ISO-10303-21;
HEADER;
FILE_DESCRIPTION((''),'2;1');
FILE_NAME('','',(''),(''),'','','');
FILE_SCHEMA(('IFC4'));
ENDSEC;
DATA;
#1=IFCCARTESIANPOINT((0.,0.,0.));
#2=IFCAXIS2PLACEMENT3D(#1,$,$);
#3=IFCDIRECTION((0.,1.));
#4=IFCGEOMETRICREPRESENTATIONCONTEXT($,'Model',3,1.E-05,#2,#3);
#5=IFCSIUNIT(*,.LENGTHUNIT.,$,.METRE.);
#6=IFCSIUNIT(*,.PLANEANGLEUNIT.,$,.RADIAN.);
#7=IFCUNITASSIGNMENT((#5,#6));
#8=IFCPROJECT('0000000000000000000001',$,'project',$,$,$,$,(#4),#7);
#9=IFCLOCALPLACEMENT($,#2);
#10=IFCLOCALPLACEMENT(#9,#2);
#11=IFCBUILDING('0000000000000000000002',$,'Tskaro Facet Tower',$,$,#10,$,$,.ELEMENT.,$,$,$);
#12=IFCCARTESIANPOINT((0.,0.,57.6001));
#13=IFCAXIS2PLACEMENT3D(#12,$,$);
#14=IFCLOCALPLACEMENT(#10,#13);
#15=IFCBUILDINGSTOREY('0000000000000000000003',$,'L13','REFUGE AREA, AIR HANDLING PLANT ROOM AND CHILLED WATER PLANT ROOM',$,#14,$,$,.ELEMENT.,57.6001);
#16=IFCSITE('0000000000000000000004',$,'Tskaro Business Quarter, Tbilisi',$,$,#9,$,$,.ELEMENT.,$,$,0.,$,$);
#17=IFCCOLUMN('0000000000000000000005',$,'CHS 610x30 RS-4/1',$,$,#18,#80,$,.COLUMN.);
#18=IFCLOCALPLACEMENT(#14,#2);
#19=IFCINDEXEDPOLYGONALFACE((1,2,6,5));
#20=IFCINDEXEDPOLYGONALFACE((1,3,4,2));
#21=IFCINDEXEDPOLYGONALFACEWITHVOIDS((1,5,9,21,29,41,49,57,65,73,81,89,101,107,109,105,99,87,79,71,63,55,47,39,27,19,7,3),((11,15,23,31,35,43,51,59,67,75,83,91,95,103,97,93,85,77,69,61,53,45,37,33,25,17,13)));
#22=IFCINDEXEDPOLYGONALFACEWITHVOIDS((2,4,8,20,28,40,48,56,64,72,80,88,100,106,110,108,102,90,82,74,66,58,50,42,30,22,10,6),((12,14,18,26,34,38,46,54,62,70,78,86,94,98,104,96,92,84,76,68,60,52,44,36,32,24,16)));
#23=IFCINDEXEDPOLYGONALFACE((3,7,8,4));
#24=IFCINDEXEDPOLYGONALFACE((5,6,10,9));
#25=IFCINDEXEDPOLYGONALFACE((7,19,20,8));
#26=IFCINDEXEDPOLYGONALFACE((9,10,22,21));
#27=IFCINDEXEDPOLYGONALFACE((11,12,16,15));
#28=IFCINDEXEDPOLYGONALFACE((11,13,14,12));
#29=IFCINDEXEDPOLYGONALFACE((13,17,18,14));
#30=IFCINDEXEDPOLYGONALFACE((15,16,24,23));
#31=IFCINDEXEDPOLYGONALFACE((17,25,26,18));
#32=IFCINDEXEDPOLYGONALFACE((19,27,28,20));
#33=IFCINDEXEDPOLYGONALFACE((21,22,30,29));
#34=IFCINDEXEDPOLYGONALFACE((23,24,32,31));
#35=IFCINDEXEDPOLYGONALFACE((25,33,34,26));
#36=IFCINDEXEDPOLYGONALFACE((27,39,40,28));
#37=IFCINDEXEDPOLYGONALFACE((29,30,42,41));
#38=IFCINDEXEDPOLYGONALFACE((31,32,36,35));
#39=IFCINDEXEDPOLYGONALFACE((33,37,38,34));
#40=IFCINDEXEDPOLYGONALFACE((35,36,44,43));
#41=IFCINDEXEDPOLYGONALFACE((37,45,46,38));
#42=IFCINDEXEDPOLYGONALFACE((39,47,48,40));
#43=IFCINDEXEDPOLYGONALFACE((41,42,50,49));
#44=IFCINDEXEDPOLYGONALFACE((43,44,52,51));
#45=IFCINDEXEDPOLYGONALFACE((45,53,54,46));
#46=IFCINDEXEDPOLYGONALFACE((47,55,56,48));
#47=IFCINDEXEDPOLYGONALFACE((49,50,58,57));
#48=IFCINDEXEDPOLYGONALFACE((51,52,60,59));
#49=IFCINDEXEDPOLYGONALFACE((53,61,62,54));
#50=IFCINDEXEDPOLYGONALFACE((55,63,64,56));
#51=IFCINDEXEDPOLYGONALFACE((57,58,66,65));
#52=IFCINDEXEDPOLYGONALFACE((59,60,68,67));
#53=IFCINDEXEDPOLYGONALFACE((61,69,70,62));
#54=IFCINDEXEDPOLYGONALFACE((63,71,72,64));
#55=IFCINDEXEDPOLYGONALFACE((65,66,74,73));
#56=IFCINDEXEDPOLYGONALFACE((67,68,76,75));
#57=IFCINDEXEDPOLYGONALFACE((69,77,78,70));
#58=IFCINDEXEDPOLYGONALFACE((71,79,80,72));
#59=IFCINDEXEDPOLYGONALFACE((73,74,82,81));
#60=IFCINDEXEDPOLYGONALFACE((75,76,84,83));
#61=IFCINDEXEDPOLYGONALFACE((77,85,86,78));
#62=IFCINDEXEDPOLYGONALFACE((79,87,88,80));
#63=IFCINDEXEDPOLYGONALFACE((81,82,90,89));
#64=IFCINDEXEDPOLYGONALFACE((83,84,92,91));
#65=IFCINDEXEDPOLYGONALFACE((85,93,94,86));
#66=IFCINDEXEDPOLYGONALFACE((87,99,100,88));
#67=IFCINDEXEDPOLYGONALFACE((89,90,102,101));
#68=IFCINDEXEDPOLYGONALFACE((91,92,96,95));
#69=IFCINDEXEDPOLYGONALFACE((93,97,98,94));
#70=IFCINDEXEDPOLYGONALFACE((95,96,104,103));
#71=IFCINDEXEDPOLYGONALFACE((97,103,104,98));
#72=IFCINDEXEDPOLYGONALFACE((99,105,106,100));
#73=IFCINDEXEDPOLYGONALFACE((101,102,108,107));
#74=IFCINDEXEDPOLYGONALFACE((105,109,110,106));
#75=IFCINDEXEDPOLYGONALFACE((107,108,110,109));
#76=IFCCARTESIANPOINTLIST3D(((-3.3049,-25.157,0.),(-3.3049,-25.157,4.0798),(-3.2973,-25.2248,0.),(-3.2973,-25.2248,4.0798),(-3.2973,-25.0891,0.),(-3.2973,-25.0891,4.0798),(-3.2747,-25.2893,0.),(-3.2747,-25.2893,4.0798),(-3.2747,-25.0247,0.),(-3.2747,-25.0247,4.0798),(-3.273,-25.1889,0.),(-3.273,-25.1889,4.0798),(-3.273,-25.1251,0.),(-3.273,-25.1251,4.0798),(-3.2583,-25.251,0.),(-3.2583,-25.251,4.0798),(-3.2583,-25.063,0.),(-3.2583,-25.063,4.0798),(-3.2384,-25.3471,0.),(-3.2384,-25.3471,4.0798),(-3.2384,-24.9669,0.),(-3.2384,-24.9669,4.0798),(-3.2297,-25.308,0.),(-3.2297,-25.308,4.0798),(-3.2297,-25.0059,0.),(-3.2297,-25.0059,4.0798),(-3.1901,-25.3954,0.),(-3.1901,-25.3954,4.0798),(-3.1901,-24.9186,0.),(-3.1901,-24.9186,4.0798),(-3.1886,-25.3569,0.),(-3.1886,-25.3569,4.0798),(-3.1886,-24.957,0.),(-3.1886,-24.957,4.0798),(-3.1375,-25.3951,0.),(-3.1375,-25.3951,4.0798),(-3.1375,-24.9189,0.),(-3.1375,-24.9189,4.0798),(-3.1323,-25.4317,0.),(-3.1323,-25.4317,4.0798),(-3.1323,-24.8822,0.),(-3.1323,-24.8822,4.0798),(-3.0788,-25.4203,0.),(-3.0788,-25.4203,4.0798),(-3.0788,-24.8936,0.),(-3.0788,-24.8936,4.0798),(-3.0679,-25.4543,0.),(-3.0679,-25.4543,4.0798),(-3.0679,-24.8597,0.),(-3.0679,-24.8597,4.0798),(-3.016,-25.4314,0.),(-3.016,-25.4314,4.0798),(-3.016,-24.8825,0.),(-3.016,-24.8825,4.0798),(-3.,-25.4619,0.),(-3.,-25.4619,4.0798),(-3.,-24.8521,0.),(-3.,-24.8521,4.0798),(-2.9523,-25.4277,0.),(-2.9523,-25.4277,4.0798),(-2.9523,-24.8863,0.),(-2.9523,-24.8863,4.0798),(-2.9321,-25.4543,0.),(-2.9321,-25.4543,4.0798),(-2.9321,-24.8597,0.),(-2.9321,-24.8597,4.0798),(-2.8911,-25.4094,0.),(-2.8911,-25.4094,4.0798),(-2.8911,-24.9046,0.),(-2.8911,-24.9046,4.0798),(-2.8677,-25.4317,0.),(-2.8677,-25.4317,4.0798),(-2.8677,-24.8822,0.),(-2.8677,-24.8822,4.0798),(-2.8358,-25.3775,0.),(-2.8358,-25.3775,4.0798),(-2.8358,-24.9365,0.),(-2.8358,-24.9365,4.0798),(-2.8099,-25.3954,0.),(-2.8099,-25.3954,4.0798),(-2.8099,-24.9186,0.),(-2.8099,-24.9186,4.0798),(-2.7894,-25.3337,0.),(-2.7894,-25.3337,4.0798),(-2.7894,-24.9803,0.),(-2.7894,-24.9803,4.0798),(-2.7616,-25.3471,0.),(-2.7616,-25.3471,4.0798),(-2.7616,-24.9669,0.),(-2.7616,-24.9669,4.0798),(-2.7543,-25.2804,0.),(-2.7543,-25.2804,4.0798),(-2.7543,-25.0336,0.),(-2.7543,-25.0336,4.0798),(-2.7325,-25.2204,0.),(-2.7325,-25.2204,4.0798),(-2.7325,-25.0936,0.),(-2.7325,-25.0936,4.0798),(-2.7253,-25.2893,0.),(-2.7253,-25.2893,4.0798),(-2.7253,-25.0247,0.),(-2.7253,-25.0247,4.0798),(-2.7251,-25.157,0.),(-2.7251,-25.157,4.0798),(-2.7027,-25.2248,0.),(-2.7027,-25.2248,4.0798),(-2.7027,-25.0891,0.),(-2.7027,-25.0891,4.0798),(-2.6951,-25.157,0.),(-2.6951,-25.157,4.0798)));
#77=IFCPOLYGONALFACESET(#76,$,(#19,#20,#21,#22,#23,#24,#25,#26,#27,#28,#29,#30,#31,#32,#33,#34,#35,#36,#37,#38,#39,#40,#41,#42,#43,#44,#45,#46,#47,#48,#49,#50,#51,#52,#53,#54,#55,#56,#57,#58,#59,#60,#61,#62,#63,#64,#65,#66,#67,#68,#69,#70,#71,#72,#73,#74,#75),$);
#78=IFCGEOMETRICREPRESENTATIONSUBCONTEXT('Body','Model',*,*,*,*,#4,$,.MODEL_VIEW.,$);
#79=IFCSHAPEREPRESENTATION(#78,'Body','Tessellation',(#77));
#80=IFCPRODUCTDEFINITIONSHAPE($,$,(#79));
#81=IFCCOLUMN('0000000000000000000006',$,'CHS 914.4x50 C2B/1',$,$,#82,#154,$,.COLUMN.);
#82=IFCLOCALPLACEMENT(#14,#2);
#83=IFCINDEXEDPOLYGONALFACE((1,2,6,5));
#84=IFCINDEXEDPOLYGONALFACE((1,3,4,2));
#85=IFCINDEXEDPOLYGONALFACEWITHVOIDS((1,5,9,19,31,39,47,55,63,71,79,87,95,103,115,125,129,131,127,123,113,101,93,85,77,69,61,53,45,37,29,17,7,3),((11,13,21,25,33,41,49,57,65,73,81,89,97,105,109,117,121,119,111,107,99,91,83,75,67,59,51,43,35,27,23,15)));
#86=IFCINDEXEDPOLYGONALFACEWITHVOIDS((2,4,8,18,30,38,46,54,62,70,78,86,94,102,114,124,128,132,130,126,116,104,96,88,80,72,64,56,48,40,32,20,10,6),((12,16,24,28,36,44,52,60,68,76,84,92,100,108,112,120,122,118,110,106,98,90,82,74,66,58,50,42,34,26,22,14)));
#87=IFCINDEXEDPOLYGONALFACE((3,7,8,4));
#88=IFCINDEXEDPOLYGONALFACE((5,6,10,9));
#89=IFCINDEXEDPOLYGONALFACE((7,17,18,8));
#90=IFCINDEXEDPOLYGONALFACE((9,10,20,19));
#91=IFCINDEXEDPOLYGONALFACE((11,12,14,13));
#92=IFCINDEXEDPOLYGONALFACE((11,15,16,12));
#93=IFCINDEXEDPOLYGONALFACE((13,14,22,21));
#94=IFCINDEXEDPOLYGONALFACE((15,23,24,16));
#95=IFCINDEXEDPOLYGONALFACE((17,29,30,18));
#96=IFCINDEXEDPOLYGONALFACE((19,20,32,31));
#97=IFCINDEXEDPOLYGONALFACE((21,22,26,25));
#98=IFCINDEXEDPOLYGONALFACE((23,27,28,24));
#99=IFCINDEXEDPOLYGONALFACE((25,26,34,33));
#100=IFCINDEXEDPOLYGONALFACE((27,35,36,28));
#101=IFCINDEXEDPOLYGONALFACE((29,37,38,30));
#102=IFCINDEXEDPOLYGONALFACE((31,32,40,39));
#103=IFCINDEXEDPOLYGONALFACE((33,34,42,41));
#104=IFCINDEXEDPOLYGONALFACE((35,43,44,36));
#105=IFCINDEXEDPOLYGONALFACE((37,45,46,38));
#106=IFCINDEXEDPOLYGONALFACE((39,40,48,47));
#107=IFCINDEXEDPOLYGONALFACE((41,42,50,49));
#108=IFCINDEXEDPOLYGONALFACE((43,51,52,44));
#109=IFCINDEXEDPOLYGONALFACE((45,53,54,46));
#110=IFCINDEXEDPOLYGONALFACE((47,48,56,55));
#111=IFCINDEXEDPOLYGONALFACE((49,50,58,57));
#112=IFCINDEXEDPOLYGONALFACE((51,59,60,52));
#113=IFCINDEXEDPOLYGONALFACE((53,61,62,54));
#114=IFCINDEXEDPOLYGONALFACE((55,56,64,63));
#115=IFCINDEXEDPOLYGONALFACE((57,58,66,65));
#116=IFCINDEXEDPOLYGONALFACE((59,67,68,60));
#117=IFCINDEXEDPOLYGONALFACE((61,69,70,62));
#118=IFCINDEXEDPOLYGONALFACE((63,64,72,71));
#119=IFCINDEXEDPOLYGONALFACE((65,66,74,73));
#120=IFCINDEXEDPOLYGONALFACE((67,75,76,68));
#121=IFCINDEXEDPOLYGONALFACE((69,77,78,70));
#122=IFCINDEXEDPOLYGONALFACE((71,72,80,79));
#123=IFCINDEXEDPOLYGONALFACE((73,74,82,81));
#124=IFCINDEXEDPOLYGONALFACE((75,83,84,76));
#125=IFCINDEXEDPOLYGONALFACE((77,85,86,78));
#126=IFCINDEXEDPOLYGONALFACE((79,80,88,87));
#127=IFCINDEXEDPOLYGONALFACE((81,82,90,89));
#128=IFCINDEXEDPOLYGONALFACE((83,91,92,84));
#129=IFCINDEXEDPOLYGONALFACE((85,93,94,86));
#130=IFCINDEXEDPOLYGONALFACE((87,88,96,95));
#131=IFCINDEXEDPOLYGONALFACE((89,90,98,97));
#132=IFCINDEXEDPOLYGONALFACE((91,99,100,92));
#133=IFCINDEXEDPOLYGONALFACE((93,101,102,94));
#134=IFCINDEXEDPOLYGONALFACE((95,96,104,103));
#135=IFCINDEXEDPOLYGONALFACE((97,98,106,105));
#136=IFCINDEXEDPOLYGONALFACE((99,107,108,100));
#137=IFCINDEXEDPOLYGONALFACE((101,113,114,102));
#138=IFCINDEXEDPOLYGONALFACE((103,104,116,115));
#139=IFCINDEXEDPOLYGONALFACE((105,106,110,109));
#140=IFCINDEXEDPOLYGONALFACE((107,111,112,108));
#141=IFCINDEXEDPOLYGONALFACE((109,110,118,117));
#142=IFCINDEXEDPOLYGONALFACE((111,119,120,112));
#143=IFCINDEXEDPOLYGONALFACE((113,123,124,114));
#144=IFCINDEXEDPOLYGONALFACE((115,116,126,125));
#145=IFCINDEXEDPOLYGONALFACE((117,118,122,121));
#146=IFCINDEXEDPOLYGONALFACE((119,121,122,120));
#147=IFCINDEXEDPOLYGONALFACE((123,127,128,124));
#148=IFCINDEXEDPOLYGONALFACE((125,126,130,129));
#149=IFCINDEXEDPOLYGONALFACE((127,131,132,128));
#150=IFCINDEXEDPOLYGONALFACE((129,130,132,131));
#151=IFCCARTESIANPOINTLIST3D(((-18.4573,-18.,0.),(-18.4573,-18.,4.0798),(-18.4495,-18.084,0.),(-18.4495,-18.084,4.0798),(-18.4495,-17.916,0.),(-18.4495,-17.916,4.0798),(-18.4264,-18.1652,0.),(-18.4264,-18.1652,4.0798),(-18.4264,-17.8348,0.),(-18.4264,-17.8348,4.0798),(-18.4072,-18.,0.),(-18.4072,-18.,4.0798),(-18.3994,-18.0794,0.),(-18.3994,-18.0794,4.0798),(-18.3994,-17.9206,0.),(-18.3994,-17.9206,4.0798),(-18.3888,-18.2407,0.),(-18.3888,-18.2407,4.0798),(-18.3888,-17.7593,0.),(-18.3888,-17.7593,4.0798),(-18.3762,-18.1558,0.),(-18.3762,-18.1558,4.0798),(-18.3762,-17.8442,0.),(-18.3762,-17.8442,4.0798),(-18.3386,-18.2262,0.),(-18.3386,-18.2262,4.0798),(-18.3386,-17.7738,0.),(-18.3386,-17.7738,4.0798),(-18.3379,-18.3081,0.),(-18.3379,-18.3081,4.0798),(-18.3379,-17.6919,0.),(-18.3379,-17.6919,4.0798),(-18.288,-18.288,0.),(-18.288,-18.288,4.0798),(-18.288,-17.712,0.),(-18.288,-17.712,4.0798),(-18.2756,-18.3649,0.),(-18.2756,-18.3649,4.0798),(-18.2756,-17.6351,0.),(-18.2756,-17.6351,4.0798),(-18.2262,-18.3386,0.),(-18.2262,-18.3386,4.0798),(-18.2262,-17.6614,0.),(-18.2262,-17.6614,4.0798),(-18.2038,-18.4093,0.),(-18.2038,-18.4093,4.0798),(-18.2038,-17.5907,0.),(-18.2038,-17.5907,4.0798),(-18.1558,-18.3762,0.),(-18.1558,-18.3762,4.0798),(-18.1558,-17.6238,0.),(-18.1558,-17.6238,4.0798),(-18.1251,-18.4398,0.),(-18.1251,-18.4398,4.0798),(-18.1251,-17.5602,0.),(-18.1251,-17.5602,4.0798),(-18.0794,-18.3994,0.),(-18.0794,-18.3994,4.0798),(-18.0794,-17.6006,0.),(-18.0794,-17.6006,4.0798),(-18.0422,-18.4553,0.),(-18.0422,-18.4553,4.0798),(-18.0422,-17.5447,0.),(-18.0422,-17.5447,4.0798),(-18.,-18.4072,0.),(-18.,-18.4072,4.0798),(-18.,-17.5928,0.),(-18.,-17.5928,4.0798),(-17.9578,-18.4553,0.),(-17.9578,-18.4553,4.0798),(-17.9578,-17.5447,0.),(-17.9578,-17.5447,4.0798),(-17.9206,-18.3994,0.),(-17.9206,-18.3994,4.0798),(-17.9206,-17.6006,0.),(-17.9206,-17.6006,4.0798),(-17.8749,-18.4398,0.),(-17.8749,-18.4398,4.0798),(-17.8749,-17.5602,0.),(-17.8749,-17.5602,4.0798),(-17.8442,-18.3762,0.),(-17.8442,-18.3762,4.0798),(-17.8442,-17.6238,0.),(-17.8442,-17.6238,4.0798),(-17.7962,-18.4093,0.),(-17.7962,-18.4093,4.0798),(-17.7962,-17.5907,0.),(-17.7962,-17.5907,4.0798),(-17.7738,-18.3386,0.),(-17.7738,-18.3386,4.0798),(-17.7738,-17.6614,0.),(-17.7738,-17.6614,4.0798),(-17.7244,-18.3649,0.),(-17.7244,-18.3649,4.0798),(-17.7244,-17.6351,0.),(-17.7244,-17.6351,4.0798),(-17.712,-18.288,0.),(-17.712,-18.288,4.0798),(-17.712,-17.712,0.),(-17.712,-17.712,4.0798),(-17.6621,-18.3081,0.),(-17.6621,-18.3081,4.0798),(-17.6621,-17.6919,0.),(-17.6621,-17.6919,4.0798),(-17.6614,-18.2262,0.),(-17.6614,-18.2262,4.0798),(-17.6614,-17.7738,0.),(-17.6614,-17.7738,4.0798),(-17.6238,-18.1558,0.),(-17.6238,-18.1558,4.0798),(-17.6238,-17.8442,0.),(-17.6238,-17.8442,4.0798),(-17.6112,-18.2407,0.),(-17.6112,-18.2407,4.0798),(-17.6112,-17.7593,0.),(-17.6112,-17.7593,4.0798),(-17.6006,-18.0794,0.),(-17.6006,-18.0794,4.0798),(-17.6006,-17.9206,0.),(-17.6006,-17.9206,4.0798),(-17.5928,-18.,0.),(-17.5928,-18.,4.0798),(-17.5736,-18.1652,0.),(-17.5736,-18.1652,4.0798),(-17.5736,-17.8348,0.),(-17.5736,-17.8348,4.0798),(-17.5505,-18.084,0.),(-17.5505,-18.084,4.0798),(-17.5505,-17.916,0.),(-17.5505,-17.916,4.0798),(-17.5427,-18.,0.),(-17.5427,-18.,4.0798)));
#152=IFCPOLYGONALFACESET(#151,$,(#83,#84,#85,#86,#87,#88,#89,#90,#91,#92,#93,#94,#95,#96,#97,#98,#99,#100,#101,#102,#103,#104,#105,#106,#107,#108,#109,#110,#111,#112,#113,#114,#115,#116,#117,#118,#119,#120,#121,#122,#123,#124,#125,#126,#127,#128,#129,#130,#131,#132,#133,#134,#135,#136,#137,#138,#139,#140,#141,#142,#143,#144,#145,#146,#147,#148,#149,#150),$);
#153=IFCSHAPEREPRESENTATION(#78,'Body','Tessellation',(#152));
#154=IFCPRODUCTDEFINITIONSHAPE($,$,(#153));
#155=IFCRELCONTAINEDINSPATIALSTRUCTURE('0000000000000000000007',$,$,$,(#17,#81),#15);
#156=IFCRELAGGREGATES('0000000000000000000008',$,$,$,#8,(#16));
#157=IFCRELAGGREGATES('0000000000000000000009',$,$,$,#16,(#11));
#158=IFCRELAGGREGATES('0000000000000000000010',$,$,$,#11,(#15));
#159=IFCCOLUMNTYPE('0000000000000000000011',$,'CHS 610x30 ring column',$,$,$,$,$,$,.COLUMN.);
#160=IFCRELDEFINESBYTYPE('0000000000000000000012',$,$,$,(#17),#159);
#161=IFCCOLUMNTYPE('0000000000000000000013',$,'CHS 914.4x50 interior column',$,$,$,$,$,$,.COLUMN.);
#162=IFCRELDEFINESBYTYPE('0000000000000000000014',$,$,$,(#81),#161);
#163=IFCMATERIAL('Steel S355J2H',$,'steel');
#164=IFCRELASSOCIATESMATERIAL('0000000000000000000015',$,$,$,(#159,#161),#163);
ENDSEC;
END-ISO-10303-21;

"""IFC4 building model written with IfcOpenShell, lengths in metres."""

from ifc_helpers import new_model, si_unit, direction, frame, origin, origin_2d, place, context, subcontext, project, spatial, hollow_circle, extrude, material, material_profile, profile_set, type_object, element, save


model = new_model("IFC4")

# Units and contexts
model_context = context("Model", 3, precision=1e-05, world=origin(), true_north=direction((0.0, 1.0)))
body_context = subcontext(model_context, "Body", "Model", "MODEL_VIEW")
ifc_project = project(units=[si_unit("LENGTHUNIT", "METRE"), si_unit("PLANEANGLEUNIT", "RADIAN")], contexts=[model_context])

# Site, building, storey
site_placement = place(None, origin())
site = spatial("IfcSite", under=ifc_project, at=site_placement, Name="Tskaro Business Quarter, Tbilisi", CompositionType="ELEMENT", RefElevation=0.0)
building_placement = place(site_placement, origin())
building = spatial("IfcBuilding", under=site, at=building_placement, Name="Tskaro Facet Tower", CompositionType="ELEMENT")
storey_placement = place(building_placement, frame((0.0, 0.0, 57.6001)))
storey = spatial("IfcBuildingStorey", under=building, at=storey_placement, Name="L13", Description="REFUGE AREA, AIR HANDLING PLANT ROOM AND CHILLED WATER PLANT ROOM", CompositionType="ELEMENT", Elevation=57.6001)

# Columns
ifc_material_1 = material(Name="Steel S355J2H", Category="steel")
ifc_material_profile_1 = material_profile(ifc_material_1, hollow_circle(Radius=0.3049, WallThickness=0.03, at=origin_2d()), Name="CHS 610x30")
ifc_profile_set_1 = profile_set([ifc_material_profile_1], Name="Steel S355J2H")
column_type_1 = type_object("IfcColumnType", Name="CHS 610x30 ring column", PredefinedType="COLUMN", material=ifc_profile_set_1)
for number, where, z_axis, x_axis, name in (
    (1, (-3.0, -25.157, 0.0), (0.0, 0.0, 1.0), (1.0, 0.0, 0.0), "CHS 610x30 RS-4/1"),
):
    element("IfcColumn", number, at=place(storey_placement, frame(where, z_axis=z_axis, x_axis=x_axis)), inside=storey, type_object=column_type_1, Name=name, PredefinedType="COLUMN", context=body_context, shape_type="SweptSolid", body=[
        extrude(hollow_circle(Radius=0.3049, WallThickness=0.03, at=origin_2d()), origin(), (0.0, 0.0, 1.0), 4.0798),
    ])
ifc_material_profile_2 = material_profile(ifc_material_1, hollow_circle(Radius=0.4573, WallThickness=0.05, at=origin_2d()), Name="CHS 914.4x50")
ifc_profile_set_2 = profile_set([ifc_material_profile_2], Name="Steel S355J2H")
column_type_2 = type_object("IfcColumnType", Name="CHS 914.4x50 interior column", PredefinedType="COLUMN", material=ifc_profile_set_2)
column_1_placement = place(storey_placement, frame((-18.0, -18.0, 0.0), z_axis=(0.0, 0.0, 1.0), x_axis=(1.0, 0.0, 0.0)))
element("IfcColumn", 2, at=column_1_placement, inside=storey, type_object=column_type_2, Name="CHS 914.4x50 C2B/1", PredefinedType="COLUMN", context=body_context, shape_type="SweptSolid", body=[
    extrude(hollow_circle(Radius=0.4573, WallThickness=0.05, at=origin_2d()), origin(), (0.0, 0.0, 1.0), 4.0798),
])

save(model, "model.ifc")
